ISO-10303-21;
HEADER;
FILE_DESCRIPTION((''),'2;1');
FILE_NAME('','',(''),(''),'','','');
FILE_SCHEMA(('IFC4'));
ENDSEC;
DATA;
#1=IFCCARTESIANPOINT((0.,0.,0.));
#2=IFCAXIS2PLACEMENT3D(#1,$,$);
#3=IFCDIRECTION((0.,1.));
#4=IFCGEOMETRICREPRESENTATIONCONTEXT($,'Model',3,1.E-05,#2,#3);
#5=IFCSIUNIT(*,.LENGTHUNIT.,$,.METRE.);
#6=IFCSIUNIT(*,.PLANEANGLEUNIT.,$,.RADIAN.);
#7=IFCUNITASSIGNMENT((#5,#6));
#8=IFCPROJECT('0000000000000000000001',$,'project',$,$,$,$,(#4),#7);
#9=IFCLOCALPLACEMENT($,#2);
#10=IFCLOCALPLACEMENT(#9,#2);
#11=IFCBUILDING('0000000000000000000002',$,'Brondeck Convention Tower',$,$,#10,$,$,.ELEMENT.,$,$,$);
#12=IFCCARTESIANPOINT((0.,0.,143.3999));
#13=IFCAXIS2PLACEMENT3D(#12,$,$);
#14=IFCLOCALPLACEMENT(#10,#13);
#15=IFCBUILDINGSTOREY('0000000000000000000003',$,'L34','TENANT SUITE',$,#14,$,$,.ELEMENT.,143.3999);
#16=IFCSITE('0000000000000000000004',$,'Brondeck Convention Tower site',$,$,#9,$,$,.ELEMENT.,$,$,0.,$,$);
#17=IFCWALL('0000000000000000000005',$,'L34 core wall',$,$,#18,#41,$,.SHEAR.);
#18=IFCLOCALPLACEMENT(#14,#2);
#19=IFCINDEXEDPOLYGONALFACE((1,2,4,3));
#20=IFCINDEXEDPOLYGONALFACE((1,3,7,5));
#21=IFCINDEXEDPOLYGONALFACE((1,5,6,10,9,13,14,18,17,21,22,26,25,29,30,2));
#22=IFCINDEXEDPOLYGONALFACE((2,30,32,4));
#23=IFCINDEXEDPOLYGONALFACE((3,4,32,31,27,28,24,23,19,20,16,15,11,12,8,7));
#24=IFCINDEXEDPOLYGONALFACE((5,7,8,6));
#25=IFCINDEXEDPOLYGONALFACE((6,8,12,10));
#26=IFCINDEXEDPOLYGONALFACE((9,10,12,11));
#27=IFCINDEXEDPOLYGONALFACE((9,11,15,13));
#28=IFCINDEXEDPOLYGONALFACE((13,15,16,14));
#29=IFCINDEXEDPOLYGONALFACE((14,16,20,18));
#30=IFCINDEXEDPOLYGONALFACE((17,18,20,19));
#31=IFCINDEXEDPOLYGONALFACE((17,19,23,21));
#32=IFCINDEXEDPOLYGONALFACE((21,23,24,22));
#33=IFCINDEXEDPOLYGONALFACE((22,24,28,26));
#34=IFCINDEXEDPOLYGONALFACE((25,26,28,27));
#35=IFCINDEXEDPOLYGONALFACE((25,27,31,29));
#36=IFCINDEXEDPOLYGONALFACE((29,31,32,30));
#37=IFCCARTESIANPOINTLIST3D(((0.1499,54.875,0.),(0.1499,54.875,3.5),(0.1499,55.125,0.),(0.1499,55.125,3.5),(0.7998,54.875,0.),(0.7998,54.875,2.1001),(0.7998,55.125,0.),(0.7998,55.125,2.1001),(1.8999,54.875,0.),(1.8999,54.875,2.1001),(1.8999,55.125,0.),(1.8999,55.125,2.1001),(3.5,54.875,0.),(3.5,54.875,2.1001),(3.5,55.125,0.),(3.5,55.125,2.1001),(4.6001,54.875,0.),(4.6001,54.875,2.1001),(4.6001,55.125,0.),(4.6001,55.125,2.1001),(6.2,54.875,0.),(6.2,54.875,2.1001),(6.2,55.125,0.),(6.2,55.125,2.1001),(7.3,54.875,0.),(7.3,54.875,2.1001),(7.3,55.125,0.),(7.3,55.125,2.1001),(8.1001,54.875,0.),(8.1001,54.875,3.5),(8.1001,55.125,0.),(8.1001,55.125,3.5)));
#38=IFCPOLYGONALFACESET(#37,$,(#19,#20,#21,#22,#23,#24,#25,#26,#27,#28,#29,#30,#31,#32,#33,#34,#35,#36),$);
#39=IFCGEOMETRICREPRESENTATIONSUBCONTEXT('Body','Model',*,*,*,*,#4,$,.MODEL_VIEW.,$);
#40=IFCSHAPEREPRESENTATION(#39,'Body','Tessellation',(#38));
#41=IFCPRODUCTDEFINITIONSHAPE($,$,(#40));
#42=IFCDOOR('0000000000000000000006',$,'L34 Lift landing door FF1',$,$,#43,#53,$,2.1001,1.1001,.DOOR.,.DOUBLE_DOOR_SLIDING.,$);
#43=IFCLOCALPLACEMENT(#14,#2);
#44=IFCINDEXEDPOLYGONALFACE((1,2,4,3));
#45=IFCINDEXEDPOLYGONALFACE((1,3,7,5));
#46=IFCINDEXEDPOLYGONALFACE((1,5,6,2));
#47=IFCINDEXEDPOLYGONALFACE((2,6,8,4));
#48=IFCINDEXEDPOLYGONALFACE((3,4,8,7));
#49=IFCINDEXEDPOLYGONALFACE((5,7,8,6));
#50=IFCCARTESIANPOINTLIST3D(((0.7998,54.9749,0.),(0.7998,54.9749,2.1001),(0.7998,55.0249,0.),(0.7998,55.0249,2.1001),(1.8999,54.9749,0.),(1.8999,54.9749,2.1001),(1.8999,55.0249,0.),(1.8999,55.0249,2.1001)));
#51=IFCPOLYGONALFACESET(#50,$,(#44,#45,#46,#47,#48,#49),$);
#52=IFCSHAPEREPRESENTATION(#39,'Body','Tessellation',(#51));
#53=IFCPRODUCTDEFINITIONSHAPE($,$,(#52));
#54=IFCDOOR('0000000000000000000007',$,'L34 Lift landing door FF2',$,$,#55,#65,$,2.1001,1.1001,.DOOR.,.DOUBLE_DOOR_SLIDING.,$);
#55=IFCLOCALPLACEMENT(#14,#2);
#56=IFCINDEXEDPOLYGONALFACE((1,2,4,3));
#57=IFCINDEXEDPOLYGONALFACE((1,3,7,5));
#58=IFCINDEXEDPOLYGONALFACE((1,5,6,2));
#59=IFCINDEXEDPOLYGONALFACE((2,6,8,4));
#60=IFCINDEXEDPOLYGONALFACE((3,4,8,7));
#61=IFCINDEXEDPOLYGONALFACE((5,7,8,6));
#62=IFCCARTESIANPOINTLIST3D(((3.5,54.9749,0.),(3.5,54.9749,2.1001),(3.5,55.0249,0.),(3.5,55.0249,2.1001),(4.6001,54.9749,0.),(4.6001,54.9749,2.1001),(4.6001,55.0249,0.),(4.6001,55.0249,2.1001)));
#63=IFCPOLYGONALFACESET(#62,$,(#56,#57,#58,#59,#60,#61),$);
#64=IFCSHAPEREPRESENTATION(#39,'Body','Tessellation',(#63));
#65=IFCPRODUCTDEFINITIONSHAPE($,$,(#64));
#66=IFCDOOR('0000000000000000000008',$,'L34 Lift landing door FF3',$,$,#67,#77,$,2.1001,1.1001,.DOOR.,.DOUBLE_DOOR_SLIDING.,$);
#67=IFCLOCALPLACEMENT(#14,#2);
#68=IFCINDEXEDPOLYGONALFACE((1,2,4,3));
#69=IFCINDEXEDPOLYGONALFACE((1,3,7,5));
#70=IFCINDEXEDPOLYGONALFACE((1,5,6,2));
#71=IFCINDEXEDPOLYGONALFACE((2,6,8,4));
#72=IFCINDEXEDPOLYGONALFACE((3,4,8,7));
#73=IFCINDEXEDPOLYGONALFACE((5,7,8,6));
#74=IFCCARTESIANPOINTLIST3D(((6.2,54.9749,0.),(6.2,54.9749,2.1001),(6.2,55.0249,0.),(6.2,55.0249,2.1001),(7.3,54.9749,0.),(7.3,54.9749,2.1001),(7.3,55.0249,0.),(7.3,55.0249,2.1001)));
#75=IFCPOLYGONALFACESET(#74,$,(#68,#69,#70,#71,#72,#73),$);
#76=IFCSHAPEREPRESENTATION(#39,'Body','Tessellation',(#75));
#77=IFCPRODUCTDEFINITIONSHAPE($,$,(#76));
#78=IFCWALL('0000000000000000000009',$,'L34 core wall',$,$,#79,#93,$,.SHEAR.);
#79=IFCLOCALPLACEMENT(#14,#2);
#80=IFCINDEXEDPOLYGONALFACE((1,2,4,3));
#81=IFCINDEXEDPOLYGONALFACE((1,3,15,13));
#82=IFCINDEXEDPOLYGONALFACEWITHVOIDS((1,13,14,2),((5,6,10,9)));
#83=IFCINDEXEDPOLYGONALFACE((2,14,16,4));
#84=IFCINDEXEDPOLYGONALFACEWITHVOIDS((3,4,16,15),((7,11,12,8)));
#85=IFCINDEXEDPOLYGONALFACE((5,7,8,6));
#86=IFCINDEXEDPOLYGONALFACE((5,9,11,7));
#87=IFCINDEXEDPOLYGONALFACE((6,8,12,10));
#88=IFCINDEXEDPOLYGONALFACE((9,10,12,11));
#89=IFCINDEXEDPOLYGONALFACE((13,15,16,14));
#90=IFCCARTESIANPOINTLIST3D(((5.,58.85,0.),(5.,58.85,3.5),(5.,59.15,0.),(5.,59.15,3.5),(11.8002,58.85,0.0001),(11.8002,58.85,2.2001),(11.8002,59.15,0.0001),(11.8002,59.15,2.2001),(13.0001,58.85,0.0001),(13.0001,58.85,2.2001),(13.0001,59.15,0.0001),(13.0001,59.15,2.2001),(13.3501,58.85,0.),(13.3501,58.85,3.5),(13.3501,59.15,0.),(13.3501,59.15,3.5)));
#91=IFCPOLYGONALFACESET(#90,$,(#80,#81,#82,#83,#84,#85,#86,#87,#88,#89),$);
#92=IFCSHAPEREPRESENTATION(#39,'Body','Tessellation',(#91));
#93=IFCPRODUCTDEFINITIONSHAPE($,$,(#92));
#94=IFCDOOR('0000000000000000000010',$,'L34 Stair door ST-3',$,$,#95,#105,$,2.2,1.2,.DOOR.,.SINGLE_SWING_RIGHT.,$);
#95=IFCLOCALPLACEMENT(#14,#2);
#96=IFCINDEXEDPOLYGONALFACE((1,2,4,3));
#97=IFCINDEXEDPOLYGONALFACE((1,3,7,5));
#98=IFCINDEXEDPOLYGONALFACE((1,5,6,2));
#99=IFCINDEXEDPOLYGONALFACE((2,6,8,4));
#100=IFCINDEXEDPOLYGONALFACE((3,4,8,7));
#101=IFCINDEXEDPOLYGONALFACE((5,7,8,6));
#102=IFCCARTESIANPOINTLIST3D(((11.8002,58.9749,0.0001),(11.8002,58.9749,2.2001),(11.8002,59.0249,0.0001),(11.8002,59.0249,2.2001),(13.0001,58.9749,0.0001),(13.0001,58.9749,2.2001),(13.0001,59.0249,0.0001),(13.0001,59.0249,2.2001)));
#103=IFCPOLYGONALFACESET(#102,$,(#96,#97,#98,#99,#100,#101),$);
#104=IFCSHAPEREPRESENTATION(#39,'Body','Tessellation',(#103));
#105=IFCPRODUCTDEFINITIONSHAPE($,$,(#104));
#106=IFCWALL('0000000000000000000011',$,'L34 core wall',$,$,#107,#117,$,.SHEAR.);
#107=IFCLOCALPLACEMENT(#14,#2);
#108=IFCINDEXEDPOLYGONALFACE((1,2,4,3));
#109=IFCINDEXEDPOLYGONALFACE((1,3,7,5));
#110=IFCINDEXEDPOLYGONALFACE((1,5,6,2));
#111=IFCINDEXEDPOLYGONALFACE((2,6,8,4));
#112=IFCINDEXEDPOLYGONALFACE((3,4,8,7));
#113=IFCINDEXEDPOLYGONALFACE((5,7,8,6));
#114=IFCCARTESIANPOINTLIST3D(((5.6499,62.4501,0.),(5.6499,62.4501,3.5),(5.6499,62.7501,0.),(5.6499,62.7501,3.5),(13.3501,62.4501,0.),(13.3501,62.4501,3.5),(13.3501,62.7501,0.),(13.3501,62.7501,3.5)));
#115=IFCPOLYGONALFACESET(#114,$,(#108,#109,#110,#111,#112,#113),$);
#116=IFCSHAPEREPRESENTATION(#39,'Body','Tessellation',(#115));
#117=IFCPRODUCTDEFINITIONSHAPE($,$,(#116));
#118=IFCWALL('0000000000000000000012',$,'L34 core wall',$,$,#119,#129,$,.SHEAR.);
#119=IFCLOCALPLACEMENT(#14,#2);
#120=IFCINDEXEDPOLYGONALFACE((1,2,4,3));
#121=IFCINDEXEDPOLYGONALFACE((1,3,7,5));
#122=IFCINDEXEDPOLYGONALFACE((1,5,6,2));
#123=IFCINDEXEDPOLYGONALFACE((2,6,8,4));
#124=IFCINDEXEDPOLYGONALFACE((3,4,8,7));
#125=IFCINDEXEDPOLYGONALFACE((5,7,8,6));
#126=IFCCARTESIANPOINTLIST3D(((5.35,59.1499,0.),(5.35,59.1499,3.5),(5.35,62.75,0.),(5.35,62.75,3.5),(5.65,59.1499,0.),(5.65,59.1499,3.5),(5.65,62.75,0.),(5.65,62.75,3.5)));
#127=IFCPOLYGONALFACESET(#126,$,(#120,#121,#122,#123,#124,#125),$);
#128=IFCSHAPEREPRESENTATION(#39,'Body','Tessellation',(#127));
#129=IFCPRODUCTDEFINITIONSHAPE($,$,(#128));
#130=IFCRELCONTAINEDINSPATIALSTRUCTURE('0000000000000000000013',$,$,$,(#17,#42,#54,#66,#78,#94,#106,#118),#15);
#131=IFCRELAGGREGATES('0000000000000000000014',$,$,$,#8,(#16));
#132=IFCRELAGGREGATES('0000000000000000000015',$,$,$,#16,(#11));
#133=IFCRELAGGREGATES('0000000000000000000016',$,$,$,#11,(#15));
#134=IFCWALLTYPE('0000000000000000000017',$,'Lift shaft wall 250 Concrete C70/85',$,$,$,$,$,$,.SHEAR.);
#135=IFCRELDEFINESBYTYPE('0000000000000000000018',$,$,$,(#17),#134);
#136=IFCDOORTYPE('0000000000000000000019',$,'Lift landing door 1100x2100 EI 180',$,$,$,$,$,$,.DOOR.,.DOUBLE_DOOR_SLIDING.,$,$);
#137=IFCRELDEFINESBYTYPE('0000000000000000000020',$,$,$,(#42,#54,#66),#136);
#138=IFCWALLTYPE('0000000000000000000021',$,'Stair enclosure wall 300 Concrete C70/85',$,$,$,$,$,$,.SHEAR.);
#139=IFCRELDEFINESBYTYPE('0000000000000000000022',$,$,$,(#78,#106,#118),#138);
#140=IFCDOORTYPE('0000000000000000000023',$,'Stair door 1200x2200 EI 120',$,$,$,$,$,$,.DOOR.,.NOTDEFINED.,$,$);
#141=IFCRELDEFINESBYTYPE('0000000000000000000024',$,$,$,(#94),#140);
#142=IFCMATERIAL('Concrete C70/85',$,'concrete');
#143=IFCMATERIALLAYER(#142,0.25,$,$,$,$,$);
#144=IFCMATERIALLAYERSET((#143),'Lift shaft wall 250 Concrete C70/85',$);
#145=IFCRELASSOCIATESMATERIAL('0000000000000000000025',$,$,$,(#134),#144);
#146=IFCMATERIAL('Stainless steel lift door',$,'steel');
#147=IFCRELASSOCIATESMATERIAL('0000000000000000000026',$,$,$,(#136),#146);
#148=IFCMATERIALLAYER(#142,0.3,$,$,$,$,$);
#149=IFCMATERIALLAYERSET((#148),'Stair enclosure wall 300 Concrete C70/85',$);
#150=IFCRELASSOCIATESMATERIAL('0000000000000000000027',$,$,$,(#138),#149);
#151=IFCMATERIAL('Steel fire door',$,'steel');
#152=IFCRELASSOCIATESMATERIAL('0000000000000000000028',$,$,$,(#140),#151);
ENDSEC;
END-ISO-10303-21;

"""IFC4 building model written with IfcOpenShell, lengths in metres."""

from ifc_helpers import new_model, si_unit, direction, frame, frame_2d, origin, place, context, subcontext, project, spatial, rectangle, extrude, material, layer, layer_set, type_object, element, fill, save


model = new_model("IFC4")

# Units and contexts
model_context = context("Model", 3, precision=1e-05, world=origin(), true_north=direction((0.0, 1.0)))
body_context = subcontext(model_context, "Body", "Model", "MODEL_VIEW")
ifc_project = project(units=[si_unit("LENGTHUNIT", "METRE"), si_unit("PLANEANGLEUNIT", "RADIAN")], contexts=[model_context])

# Site, building, storey
site_placement = place(None, origin())
site = spatial("IfcSite", under=ifc_project, at=site_placement, Name="Brondeck Convention Tower site", CompositionType="ELEMENT", RefElevation=0.0)
building_placement = place(site_placement, origin())
building = spatial("IfcBuilding", under=site, at=building_placement, Name="Brondeck Convention Tower", CompositionType="ELEMENT")
storey_placement = place(building_placement, frame((0.0, 0.0, 143.3999)))
storey = spatial("IfcBuildingStorey", under=building, at=storey_placement, Name="L34", Description="TENANT SUITE", CompositionType="ELEMENT", Elevation=143.3999)

# Shared definitions
ifc_material_1 = material(Name="Concrete C70/85", Category="concrete")

# Wall, openings, doors
ifc_layer_1 = layer(ifc_material_1, 0.25)
ifc_layer_set_1 = layer_set([ifc_layer_1], Name="Lift shaft wall 250 Concrete C70/85")
wall_type_1 = type_object("IfcWallType", Name="Lift shaft wall 250 Concrete C70/85", PredefinedType="SHEAR", material=ifc_layer_set_1)
wall_1_placement = place(storey_placement, frame((0.1499, 55.0, 0.0), z_axis=(0.0, 0.0, 1.0), x_axis=(1.0, 0.0, 0.0)))
wall_1 = element("IfcWall", 1, at=wall_1_placement, inside=storey, type_object=wall_type_1, Name="L34 core wall", PredefinedType="SHEAR", context=body_context, shape_type="SweptSolid", body=[
    extrude(rectangle(XDim=7.9502, YDim=0.25, at=frame_2d((3.9751, 0.0))), origin(), (0.0, 0.0, 1.0), 3.5),
])
opening_1_placement = place(wall_1_placement, frame((0.6499, 0.0, 0.0)))
opening_1 = element("IfcOpeningElement", 2, at=opening_1_placement, cuts=wall_1, PredefinedType="OPENING", context=body_context, shape_type="SweptSolid", body=[
    extrude(rectangle(XDim=1.1001, YDim=2.1001, at=frame_2d((0.55, 1.05))), frame((0.0, 0.135, 0.0), z_axis=(0.0, -1.0, 0.0), x_axis=(1.0, 0.0, 0.0)), (0.0, 0.0, 1.0), 0.27),
])
opening_2_placement = place(wall_1_placement, frame((3.3501, 0.0, 0.0)))
opening_2 = element("IfcOpeningElement", 3, at=opening_2_placement, cuts=wall_1, PredefinedType="OPENING", context=body_context, shape_type="SweptSolid", body=[
    extrude(rectangle(XDim=1.1001, YDim=2.1001, at=frame_2d((0.55, 1.05))), frame((0.0, 0.135, 0.0), z_axis=(0.0, -1.0, 0.0), x_axis=(1.0, 0.0, 0.0)), (0.0, 0.0, 1.0), 0.27),
])
opening_3_placement = place(wall_1_placement, frame((6.05, 0.0, 0.0)))
opening_3 = element("IfcOpeningElement", 4, at=opening_3_placement, cuts=wall_1, PredefinedType="OPENING", context=body_context, shape_type="SweptSolid", body=[
    extrude(rectangle(XDim=1.1001, YDim=2.1001, at=frame_2d((0.55, 1.05))), frame((0.0, 0.135, 0.0), z_axis=(0.0, -1.0, 0.0), x_axis=(1.0, 0.0, 0.0)), (0.0, 0.0, 1.0), 0.27),
])
ifc_material_2 = material(Name="Stainless steel lift door", Category="steel")
door_type_1 = type_object("IfcDoorType", Name="Lift landing door 1100x2100 EI 180", OperationType="DOUBLE_DOOR_SLIDING", PredefinedType="DOOR", material=ifc_material_2)
door_1_placement = place(opening_1_placement, origin())
door_1 = element("IfcDoor", 5, at=door_1_placement, inside=storey, type_object=door_type_1, Name="L34 Lift landing door FF1", OperationType="DOUBLE_DOOR_SLIDING", OverallHeight=2.1001, OverallWidth=1.1001, PredefinedType="DOOR", context=body_context, shape_type="SweptSolid", body=[
    extrude(rectangle(XDim=1.1001, YDim=2.1001, at=frame_2d((0.55, 1.05))), frame((0.0, 0.0249, 0.0), z_axis=(0.0, -1.0, 0.0), x_axis=(1.0, 0.0, 0.0)), (0.0, 0.0, 1.0), 0.05),
])
fill(opening_1, door_1)
door_2_placement = place(opening_2_placement, origin())
door_2 = element("IfcDoor", 6, at=door_2_placement, inside=storey, type_object=door_type_1, Name="L34 Lift landing door FF2", OperationType="DOUBLE_DOOR_SLIDING", OverallHeight=2.1001, OverallWidth=1.1001, PredefinedType="DOOR", context=body_context, shape_type="SweptSolid", body=[
    extrude(rectangle(XDim=1.1001, YDim=2.1001, at=frame_2d((0.55, 1.05))), frame((0.0, 0.0249, 0.0), z_axis=(0.0, -1.0, 0.0), x_axis=(1.0, 0.0, 0.0)), (0.0, 0.0, 1.0), 0.05),
])
fill(opening_2, door_2)
door_3_placement = place(opening_3_placement, origin())
door_3 = element("IfcDoor", 7, at=door_3_placement, inside=storey, type_object=door_type_1, Name="L34 Lift landing door FF3", OperationType="DOUBLE_DOOR_SLIDING", OverallHeight=2.1001, OverallWidth=1.1001, PredefinedType="DOOR", context=body_context, shape_type="SweptSolid", body=[
    extrude(rectangle(XDim=1.1001, YDim=2.1001, at=frame_2d((0.55, 1.05))), frame((0.0, 0.0249, 0.0), z_axis=(0.0, -1.0, 0.0), x_axis=(1.0, 0.0, 0.0)), (0.0, 0.0, 1.0), 0.05),
])
fill(opening_3, door_3)

# Wall, opening, door
ifc_layer_2 = layer(ifc_material_1, 0.3)
ifc_layer_set_2 = layer_set([ifc_layer_2], Name="Stair enclosure wall 300 Concrete C70/85")
wall_type_2 = type_object("IfcWallType", Name="Stair enclosure wall 300 Concrete C70/85", PredefinedType="SHEAR", material=ifc_layer_set_2)
wall_2_placement = place(storey_placement, frame((5.0, 59.0, 0.0), z_axis=(0.0, 0.0, 1.0), x_axis=(1.0, 0.0, 0.0)))
wall_2 = element("IfcWall", 8, at=wall_2_placement, inside=storey, type_object=wall_type_2, Name="L34 core wall", PredefinedType="SHEAR", context=body_context, shape_type="SweptSolid", body=[
    extrude(rectangle(XDim=8.3501, YDim=0.3, at=frame_2d((4.175, 0.0))), origin(), (0.0, 0.0, 1.0), 3.5),
])
opening_4_placement = place(wall_2_placement, frame((6.8, 0.0, 0.0)))
opening_4 = element("IfcOpeningElement", 9, at=opening_4_placement, cuts=wall_2, PredefinedType="OPENING", context=body_context, shape_type="SweptSolid", body=[
    extrude(rectangle(XDim=1.2, YDim=2.2, at=frame_2d((0.6001, 1.1001))), frame((0.0, 0.1599, 0.0), z_axis=(0.0, -1.0, 0.0), x_axis=(1.0, 0.0, 0.0)), (0.0, 0.0, 1.0), 0.3201),
])
ifc_material_3 = material(Name="Steel fire door", Category="steel")
door_type_2 = type_object("IfcDoorType", Name="Stair door 1200x2200 EI 120", OperationType="NOTDEFINED", PredefinedType="DOOR", material=ifc_material_3)
door_4_placement = place(opening_4_placement, origin())
door_4 = element("IfcDoor", 10, at=door_4_placement, inside=storey, type_object=door_type_2, Name="L34 Stair door ST-3", OperationType="SINGLE_SWING_RIGHT", OverallHeight=2.2, OverallWidth=1.2, PredefinedType="DOOR", context=body_context, shape_type="SweptSolid", body=[
    extrude(rectangle(XDim=1.2, YDim=2.2, at=frame_2d((0.6001, 1.1001))), frame((0.0, 0.0249, 0.0), z_axis=(0.0, -1.0, 0.0), x_axis=(1.0, 0.0, 0.0)), (0.0, 0.0, 1.0), 0.05),
])
fill(opening_4, door_4)

# Walls
wall_3_placement = place(storey_placement, frame((5.6499, 62.6001, 0.0), z_axis=(0.0, 0.0, 1.0), x_axis=(1.0, 0.0, 0.0)))
element("IfcWall", 11, at=wall_3_placement, inside=storey, type_object=wall_type_2, Name="L34 core wall", PredefinedType="SHEAR", context=body_context, shape_type="SweptSolid", body=[
    extrude(rectangle(XDim=7.7002, YDim=0.3, at=frame_2d((3.8501, 0.0))), origin(), (0.0, 0.0, 1.0), 3.5),
])
wall_4_placement = place(storey_placement, frame((5.5, 59.1499, 0.0), z_axis=(0.0, 0.0, 1.0), x_axis=(0.0, 1.0, 0.0)))
element("IfcWall", 12, at=wall_4_placement, inside=storey, type_object=wall_type_2, Name="L34 core wall", PredefinedType="SHEAR", context=body_context, shape_type="SweptSolid", body=[
    extrude(rectangle(XDim=3.6001, YDim=0.3, at=frame_2d((1.8, 0.0))), origin(), (0.0, 0.0, 1.0), 3.5),
])

save(model, "model.ifc")
